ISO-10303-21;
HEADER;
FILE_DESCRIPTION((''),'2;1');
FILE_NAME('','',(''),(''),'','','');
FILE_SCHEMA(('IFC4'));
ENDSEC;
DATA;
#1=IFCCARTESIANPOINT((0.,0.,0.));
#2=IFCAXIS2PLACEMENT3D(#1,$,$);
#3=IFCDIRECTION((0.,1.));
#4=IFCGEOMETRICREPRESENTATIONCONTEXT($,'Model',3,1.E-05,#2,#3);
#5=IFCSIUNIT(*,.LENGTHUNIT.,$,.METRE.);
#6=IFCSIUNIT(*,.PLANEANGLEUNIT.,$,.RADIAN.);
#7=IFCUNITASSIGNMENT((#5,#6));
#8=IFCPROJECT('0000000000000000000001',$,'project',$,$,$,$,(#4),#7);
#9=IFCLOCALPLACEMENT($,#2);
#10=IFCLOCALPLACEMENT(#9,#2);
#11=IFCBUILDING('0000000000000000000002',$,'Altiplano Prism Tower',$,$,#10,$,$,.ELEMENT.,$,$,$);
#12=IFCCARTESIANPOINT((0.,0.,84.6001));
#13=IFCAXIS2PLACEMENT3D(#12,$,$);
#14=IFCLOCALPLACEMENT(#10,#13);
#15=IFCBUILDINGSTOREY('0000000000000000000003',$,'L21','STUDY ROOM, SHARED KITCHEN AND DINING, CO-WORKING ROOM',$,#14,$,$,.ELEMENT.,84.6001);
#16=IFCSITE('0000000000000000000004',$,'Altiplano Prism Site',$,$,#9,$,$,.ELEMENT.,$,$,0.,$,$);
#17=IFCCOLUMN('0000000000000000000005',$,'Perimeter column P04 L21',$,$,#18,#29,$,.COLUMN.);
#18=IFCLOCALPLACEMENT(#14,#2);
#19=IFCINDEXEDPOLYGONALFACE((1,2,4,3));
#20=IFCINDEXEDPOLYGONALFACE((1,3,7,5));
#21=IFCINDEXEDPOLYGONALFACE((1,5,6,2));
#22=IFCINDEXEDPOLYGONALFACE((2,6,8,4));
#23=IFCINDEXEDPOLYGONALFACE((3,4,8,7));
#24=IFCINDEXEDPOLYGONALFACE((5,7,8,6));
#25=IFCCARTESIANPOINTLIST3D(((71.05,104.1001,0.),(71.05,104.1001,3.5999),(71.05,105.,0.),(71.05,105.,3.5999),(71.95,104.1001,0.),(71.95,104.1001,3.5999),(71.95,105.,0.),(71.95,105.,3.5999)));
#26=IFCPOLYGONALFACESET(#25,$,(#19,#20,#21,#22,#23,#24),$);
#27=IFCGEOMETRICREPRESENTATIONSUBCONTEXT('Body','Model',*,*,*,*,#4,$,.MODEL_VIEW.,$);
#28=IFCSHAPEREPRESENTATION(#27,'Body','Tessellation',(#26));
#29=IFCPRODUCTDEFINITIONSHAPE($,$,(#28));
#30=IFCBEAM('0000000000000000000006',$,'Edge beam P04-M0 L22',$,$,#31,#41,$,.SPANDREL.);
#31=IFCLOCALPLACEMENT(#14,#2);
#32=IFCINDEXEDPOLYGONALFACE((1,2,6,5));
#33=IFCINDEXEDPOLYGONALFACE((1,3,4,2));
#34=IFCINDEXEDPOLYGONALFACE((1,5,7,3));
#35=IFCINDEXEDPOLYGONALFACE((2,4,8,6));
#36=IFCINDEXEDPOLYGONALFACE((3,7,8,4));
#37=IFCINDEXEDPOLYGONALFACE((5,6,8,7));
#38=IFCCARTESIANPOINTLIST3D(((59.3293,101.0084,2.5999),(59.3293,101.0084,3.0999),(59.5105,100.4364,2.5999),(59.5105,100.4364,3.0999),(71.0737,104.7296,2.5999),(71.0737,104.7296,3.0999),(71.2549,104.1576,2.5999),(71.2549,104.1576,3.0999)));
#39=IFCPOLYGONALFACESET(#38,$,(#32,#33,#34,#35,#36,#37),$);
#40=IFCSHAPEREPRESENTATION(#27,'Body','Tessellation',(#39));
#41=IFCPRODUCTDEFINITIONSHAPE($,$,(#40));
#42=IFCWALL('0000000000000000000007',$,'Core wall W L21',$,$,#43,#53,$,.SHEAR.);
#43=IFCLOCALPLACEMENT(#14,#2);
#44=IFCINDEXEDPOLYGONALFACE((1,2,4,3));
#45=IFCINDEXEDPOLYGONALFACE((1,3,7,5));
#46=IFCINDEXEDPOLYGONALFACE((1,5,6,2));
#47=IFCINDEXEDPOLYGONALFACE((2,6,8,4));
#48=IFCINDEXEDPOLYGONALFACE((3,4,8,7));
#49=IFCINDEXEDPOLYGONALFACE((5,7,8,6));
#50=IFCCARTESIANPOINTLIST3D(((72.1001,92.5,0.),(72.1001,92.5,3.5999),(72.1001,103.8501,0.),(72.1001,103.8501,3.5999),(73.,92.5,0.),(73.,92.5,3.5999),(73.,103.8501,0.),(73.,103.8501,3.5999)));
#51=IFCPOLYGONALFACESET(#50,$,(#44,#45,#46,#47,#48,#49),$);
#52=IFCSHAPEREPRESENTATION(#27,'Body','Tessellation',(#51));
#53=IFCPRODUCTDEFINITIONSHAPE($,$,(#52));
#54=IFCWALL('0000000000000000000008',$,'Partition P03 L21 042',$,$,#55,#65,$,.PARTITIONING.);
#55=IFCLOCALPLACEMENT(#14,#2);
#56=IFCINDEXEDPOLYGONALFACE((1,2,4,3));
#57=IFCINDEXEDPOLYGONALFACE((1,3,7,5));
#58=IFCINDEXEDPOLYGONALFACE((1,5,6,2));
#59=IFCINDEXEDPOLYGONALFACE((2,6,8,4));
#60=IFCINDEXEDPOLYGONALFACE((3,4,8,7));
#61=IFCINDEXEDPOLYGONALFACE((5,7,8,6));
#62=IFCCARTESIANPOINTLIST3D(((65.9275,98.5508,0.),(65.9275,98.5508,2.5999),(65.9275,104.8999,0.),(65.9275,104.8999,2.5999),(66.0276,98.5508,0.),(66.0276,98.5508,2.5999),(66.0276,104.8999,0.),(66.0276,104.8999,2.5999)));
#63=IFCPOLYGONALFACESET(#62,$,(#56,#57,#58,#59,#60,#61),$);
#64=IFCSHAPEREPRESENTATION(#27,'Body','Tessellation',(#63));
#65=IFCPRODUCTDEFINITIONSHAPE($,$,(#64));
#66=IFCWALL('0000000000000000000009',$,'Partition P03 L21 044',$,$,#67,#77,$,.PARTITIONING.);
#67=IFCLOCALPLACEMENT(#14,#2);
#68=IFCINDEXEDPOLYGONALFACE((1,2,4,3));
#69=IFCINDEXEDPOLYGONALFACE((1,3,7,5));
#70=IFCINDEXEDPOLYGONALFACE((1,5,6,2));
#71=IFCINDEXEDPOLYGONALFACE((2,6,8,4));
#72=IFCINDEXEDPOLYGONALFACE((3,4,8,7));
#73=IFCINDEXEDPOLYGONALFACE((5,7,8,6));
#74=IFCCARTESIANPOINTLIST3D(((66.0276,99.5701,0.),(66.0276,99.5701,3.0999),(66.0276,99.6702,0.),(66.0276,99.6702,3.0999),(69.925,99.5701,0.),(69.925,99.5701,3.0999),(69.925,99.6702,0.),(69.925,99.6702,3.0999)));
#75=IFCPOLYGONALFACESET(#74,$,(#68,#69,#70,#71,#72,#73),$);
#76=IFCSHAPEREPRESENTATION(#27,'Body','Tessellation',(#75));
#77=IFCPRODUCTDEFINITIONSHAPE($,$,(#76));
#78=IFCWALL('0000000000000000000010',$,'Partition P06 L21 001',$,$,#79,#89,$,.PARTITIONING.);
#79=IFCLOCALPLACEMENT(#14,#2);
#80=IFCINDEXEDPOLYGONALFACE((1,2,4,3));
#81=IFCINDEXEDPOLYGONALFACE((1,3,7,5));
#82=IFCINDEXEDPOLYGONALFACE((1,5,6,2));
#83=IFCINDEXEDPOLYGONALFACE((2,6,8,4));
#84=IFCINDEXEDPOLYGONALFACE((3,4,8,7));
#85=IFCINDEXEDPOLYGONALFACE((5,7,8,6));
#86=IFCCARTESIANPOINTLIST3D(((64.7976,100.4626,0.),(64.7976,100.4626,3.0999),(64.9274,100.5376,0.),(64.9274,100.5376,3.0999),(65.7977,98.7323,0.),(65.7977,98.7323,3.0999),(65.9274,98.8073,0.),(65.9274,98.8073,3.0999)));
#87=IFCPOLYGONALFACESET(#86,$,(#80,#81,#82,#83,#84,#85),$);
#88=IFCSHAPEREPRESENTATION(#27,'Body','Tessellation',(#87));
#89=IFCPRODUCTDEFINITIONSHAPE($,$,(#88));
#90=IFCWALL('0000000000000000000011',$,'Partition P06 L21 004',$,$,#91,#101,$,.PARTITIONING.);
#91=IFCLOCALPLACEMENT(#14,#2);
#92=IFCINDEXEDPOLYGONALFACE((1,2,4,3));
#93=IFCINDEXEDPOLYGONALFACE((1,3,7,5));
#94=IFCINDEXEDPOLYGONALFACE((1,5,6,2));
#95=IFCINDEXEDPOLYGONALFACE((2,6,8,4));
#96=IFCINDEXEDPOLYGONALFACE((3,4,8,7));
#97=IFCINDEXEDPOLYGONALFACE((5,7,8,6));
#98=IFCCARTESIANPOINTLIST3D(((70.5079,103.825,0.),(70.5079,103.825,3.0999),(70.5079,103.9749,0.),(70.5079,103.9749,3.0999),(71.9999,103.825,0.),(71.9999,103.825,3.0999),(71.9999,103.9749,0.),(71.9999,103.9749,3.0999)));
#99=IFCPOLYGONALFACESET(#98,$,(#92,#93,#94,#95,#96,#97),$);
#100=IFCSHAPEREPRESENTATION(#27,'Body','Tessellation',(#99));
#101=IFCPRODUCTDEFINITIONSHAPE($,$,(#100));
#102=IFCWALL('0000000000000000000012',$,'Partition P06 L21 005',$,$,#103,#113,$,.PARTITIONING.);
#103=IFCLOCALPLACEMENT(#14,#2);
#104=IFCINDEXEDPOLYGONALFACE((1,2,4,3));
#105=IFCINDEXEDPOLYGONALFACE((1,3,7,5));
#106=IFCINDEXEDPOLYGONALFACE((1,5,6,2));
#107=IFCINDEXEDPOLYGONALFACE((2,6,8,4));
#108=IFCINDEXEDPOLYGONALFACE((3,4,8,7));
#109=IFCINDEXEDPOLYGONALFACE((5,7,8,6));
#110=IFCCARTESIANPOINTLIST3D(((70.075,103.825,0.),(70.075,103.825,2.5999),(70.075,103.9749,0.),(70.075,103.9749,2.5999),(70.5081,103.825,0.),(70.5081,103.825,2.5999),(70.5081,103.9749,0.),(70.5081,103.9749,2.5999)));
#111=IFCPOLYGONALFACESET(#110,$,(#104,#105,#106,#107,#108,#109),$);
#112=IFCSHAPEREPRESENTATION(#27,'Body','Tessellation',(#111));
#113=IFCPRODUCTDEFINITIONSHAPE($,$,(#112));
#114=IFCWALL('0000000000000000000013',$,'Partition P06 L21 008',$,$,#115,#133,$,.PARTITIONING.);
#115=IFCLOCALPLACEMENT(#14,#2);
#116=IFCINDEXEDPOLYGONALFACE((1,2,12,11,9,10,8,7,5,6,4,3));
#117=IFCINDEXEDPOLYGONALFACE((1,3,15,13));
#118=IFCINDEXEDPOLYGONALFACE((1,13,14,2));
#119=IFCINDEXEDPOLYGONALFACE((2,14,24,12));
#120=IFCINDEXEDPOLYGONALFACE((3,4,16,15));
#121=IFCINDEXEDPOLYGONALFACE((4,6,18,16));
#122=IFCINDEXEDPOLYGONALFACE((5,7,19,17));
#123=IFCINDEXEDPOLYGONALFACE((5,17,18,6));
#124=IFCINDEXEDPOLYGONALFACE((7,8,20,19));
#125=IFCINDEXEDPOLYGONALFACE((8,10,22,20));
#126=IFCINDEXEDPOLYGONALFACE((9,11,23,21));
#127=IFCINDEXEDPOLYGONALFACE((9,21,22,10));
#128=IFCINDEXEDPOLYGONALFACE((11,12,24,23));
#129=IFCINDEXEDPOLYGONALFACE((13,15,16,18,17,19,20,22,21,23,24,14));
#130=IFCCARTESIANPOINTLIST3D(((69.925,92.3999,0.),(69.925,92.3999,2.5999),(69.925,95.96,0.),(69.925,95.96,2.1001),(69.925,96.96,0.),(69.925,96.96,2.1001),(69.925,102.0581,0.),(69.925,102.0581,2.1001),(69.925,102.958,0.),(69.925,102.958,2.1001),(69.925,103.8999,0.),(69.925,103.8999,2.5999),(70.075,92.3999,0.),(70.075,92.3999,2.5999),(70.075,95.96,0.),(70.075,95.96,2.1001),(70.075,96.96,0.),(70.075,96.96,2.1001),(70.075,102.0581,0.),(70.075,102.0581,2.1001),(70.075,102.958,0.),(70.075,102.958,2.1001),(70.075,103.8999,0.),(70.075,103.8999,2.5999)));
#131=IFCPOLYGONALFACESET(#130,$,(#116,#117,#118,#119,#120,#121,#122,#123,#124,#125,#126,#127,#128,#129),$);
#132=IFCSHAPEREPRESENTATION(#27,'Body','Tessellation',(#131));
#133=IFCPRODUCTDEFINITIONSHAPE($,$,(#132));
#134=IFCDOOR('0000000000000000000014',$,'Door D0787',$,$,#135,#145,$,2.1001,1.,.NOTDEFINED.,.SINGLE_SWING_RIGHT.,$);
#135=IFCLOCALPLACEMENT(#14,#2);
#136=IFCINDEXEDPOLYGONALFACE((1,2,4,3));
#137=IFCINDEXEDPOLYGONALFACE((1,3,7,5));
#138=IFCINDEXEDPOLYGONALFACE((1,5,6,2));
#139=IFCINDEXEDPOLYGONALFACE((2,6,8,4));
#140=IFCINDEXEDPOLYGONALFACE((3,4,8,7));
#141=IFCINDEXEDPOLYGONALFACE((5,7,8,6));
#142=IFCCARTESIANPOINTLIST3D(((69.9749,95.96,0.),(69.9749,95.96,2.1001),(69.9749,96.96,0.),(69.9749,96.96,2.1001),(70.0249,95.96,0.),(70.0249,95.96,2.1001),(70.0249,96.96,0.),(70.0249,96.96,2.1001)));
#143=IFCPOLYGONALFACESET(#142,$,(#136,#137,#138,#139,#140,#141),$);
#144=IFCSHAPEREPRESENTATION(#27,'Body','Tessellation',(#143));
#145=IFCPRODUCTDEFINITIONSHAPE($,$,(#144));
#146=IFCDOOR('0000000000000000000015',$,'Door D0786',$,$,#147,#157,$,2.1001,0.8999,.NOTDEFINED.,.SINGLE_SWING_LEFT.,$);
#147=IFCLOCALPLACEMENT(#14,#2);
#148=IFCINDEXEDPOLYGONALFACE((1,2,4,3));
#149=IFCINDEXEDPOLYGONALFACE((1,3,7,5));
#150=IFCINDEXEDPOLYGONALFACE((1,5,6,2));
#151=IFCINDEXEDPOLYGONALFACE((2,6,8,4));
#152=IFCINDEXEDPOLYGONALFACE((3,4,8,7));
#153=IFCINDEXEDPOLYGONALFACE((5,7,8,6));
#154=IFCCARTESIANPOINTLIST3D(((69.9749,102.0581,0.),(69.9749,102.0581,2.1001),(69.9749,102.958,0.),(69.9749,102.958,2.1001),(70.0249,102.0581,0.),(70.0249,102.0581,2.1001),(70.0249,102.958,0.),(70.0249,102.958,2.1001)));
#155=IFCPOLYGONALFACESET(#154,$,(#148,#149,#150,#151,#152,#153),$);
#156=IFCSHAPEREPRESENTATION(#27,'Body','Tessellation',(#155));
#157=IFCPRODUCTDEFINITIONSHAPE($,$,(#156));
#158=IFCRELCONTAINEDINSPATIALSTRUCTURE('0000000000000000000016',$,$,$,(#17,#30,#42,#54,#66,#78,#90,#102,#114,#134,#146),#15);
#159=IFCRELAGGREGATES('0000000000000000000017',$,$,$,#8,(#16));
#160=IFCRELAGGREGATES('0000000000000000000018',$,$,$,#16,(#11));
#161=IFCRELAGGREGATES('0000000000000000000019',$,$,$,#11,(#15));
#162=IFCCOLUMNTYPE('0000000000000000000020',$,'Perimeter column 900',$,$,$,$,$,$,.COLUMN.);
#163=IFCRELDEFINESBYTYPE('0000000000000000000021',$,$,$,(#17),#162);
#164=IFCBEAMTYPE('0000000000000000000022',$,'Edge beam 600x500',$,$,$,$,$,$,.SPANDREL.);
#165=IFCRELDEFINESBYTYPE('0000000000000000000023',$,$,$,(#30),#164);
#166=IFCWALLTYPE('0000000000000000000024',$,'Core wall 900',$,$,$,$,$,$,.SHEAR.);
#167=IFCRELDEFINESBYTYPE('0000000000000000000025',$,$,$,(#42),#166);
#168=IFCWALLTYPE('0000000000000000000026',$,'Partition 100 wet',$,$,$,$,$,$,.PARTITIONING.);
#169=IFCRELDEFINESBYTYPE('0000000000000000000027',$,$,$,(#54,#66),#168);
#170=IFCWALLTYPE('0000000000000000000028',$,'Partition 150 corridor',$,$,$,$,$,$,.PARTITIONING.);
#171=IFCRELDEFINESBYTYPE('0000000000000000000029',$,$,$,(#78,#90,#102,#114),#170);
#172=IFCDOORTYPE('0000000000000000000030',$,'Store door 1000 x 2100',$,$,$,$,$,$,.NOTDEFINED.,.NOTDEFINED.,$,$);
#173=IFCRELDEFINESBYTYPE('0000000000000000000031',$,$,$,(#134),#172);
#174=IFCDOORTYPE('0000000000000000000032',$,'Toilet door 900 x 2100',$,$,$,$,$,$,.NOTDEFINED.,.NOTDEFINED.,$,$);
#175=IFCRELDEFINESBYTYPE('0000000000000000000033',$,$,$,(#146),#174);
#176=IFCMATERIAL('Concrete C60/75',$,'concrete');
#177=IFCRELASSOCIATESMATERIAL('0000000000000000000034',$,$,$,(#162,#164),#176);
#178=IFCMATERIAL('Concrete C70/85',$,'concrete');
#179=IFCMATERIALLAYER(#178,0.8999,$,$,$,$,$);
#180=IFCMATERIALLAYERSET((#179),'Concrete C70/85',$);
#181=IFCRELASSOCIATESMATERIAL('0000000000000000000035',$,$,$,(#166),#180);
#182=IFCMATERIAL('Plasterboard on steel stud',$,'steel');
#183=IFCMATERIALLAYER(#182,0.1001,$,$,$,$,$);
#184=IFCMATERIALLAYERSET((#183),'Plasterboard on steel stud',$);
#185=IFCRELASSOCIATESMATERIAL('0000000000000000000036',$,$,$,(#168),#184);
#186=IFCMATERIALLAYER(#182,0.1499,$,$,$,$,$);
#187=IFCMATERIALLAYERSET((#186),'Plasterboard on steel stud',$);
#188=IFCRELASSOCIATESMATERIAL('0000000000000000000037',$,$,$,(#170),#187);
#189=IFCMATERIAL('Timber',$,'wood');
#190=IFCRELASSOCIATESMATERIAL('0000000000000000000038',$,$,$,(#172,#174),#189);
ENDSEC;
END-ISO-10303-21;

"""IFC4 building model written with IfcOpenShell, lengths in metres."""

from ifc_helpers import new_model, si_unit, direction, frame, frame_2d, origin, origin_2d, place, context, subcontext, project, spatial, rectangle, extrude, material, layer, layer_set, material_profile, profile_set, type_object, element, fill, save


model = new_model("IFC4")

# Units and contexts
model_context = context("Model", 3, precision=1e-05, world=origin(), true_north=direction((0.0, 1.0)))
body_context = subcontext(model_context, "Body", "Model", "MODEL_VIEW")
ifc_project = project(units=[si_unit("LENGTHUNIT", "METRE"), si_unit("PLANEANGLEUNIT", "RADIAN")], contexts=[model_context])

# Site, building, storey
site_placement = place(None, origin())
site = spatial("IfcSite", under=ifc_project, at=site_placement, Name="Altiplano Prism Site", CompositionType="ELEMENT", RefElevation=0.0)
building_placement = place(site_placement, origin())
building = spatial("IfcBuilding", under=site, at=building_placement, Name="Altiplano Prism Tower", CompositionType="ELEMENT")
storey_placement = place(building_placement, frame((0.0, 0.0, 84.6001)))
storey = spatial("IfcBuildingStorey", under=building, at=storey_placement, Name="L21", Description="STUDY ROOM, SHARED KITCHEN AND DINING, CO-WORKING ROOM", CompositionType="ELEMENT", Elevation=84.6001)

# Column
ifc_material_1 = material(Name="Concrete C60/75", Category="concrete")
ifc_material_profile_1 = material_profile(ifc_material_1, rectangle(XDim=0.8999, YDim=0.8999, at=origin_2d()), Name="Perimeter column 900")
ifc_profile_set_1 = profile_set([ifc_material_profile_1], Name="Concrete C60/75")
column_type = type_object("IfcColumnType", Name="Perimeter column 900", PredefinedType="COLUMN", material=ifc_profile_set_1)
column_placement = place(storey_placement, frame((71.5, 104.55, 0.0), z_axis=(0.0, 0.0, 1.0), x_axis=(1.0, 0.0, 0.0)))
element("IfcColumn", 1, at=column_placement, inside=storey, type_object=column_type, Name="Perimeter column P04 L21", PredefinedType="COLUMN", context=body_context, shape_type="SweptSolid", body=[
    extrude(rectangle(XDim=0.8999, YDim=0.8999, at=origin_2d()), origin(), (0.0, 0.0, 1.0), 3.5999),
])

# Beam
ifc_material_profile_2 = material_profile(ifc_material_1, rectangle(XDim=0.6001, YDim=0.5, at=origin_2d()), Name="Edge beam 600x500")
ifc_profile_set_2 = profile_set([ifc_material_profile_2], Name="Concrete C60/75")
beam_type = type_object("IfcBeamType", Name="Edge beam 600x500", PredefinedType="SPANDREL", material=ifc_profile_set_2)
beam_placement = place(storey_placement, frame((71.1643, 104.4436, 2.8499), z_axis=(-0.953292, -0.302049, 0.0), x_axis=(0.302049, -0.953292, 0.0)))
element("IfcBeam", 2, at=beam_placement, inside=storey, type_object=beam_type, Name="Edge beam P04-M0 L22", PredefinedType="SPANDREL", context=body_context, shape_type="SweptSolid", body=[
    extrude(rectangle(XDim=0.6001, YDim=0.5, at=origin_2d()), origin(), (0.0, 0.0, 1.0), 12.3198),
])

# Walls
ifc_material_2 = material(Name="Concrete C70/85", Category="concrete")
ifc_layer_1 = layer(ifc_material_2, 0.8999)
ifc_layer_set_1 = layer_set([ifc_layer_1], Name="Concrete C70/85")
wall_type_1 = type_object("IfcWallType", Name="Core wall 900", PredefinedType="SHEAR", material=ifc_layer_set_1)
wall_1_placement = place(storey_placement, frame((72.55, 103.8501, 0.0), z_axis=(0.0, 0.0, 1.0), x_axis=(0.0, -1.0, 0.0)))
element("IfcWall", 3, at=wall_1_placement, inside=storey, type_object=wall_type_1, Name="Core wall W L21", PredefinedType="SHEAR", context=body_context, shape_type="SweptSolid", body=[
    extrude(rectangle(XDim=11.3501, YDim=0.8999, at=frame_2d((5.675, 0.0))), origin(), (0.0, 0.0, 1.0), 3.5999),
])
ifc_material_3 = material(Name="Plasterboard on steel stud", Category="steel")
ifc_layer_2 = layer(ifc_material_3, 0.1001)
ifc_layer_set_2 = layer_set([ifc_layer_2], Name="Plasterboard on steel stud")
wall_type_2 = type_object("IfcWallType", Name="Partition 100 wet", PredefinedType="PARTITIONING", material=ifc_layer_set_2)
wall_2_placement = place(storey_placement, frame((65.9775, 98.5508, 0.0), z_axis=(0.0, 0.0, 1.0), x_axis=(0.0, 1.0, 0.0)))
element("IfcWall", 4, at=wall_2_placement, inside=storey, type_object=wall_type_2, Name="Partition P03 L21 042", PredefinedType="PARTITIONING", context=body_context, shape_type="SweptSolid", body=[
    extrude(rectangle(XDim=6.3491, YDim=0.1001, at=frame_2d((3.1746, 0.0))), origin(), (0.0, 0.0, 1.0), 2.5999),
])
wall_3_placement = place(storey_placement, frame((66.0276, 99.6201, 0.0), z_axis=(0.0, 0.0, 1.0), x_axis=(1.0, 0.0, 0.0)))
element("IfcWall", 5, at=wall_3_placement, inside=storey, type_object=wall_type_2, Name="Partition P03 L21 044", PredefinedType="PARTITIONING", context=body_context, shape_type="SweptSolid", body=[
    extrude(rectangle(XDim=3.8975, YDim=0.1001, at=frame_2d((1.9487, 0.0))), origin(), (0.0, 0.0, 1.0), 3.0999),
])
ifc_layer_3 = layer(ifc_material_3, 0.1499)
ifc_layer_set_3 = layer_set([ifc_layer_3], Name="Plasterboard on steel stud")
wall_type_3 = type_object("IfcWallType", Name="Partition 150 corridor", PredefinedType="PARTITIONING", material=ifc_layer_set_3)
wall_4_placement = place(storey_placement, frame((65.8625, 98.7698, 0.0), z_axis=(0.0, 0.0, 1.0), x_axis=(-0.500396, 0.865797, 0.0)))
element("IfcWall", 6, at=wall_4_placement, inside=storey, type_object=wall_type_3, Name="Partition P06 L21 001", PredefinedType="PARTITIONING", context=body_context, shape_type="SweptSolid", body=[
    extrude(rectangle(XDim=1.9985, YDim=0.1499, at=frame_2d((0.9993, 0.0))), origin(), (0.0, 0.0, 1.0), 3.0999),
])
wall_5_placement = place(storey_placement, frame((72.0, 103.8999, 0.0), z_axis=(0.0, 0.0, 1.0), x_axis=(-1.0, 0.0, 0.0)))
element("IfcWall", 7, at=wall_5_placement, inside=storey, type_object=wall_type_3, Name="Partition P06 L21 004", PredefinedType="PARTITIONING", context=body_context, shape_type="SweptSolid", body=[
    extrude(rectangle(XDim=1.4919, YDim=0.1499, at=frame_2d((0.7461, 0.0))), origin(), (0.0, 0.0, 1.0), 3.0999),
])
wall_6_placement = place(storey_placement, frame((70.5081, 103.8999, 0.0), z_axis=(0.0, 0.0, 1.0), x_axis=(-1.0, 0.0, 0.0)))
element("IfcWall", 8, at=wall_6_placement, inside=storey, type_object=wall_type_3, Name="Partition P06 L21 005", PredefinedType="PARTITIONING", context=body_context, shape_type="SweptSolid", body=[
    extrude(rectangle(XDim=0.4331, YDim=0.1499, at=frame_2d((0.2166, 0.0))), origin(), (0.0, 0.0, 1.0), 2.5999),
])

# Wall, openings, doors
wall_7_placement = place(storey_placement, frame((70.0, 103.8999, 0.0), z_axis=(0.0, 0.0, 1.0), x_axis=(0.0, -1.0, 0.0)))
wall_7 = element("IfcWall", 9, at=wall_7_placement, inside=storey, type_object=wall_type_3, Name="Partition P06 L21 008", PredefinedType="PARTITIONING", context=body_context, shape_type="SweptSolid", body=[
    extrude(rectangle(XDim=11.5, YDim=0.1499, at=frame_2d((5.75, 0.0))), origin(), (0.0, 0.0, 1.0), 2.5999),
])
opening_1_placement = place(wall_7_placement, frame((0.9419, 0.0, 0.0)))
opening_1 = element("IfcOpeningElement", 10, at=opening_1_placement, cuts=wall_7, PredefinedType="OPENING", context=body_context, shape_type="SweptSolid", body=[
    extrude(rectangle(XDim=0.8999, YDim=2.1001, at=frame_2d((0.45, 1.05))), frame((0.0, 0.0854, 0.0), z_axis=(0.0, -1.0, 0.0), x_axis=(1.0, 0.0, 0.0)), (0.0, 0.0, 1.0), 0.1709),
])
opening_2_placement = place(wall_7_placement, frame((6.9399, 0.0, 0.0)))
opening_2 = element("IfcOpeningElement", 11, at=opening_2_placement, cuts=wall_7, PredefinedType="OPENING", context=body_context, shape_type="SweptSolid", body=[
    extrude(rectangle(XDim=1.0, YDim=2.1001, at=frame_2d((0.5, 1.05))), frame((0.0, 0.0854, 0.0), z_axis=(0.0, -1.0, 0.0), x_axis=(1.0, 0.0, 0.0)), (0.0, 0.0, 1.0), 0.1709),
])
ifc_material_4 = material(Name="Timber", Category="wood")
door_type_1 = type_object("IfcDoorType", Name="Store door 1000 x 2100", OperationType="NOTDEFINED", PredefinedType="NOTDEFINED", material=ifc_material_4)
door_1_placement = place(opening_2_placement, origin())
door_1 = element("IfcDoor", 12, at=door_1_placement, inside=storey, type_object=door_type_1, Name="Door D0787", OperationType="SINGLE_SWING_RIGHT", OverallHeight=2.1001, OverallWidth=1.0, PredefinedType="NOTDEFINED", context=body_context, shape_type="SweptSolid", body=[
    extrude(rectangle(XDim=1.0, YDim=2.1001, at=frame_2d((0.5, 1.05))), frame((0.0, 0.0249, 0.0), z_axis=(0.0, -1.0, 0.0), x_axis=(1.0, 0.0, 0.0)), (0.0, 0.0, 1.0), 0.05),
])
fill(opening_2, door_1)
door_type_2 = type_object("IfcDoorType", Name="Toilet door 900 x 2100", OperationType="NOTDEFINED", PredefinedType="NOTDEFINED", material=ifc_material_4)
door_2_placement = place(opening_1_placement, origin())
door_2 = element("IfcDoor", 13, at=door_2_placement, inside=storey, type_object=door_type_2, Name="Door D0786", OperationType="SINGLE_SWING_LEFT", OverallHeight=2.1001, OverallWidth=0.8999, PredefinedType="NOTDEFINED", context=body_context, shape_type="SweptSolid", body=[
    extrude(rectangle(XDim=0.8999, YDim=2.1001, at=frame_2d((0.45, 1.05))), frame((0.0, 0.0249, 0.0), z_axis=(0.0, -1.0, 0.0), x_axis=(1.0, 0.0, 0.0)), (0.0, 0.0, 1.0), 0.05),
])
fill(opening_1, door_2)

save(model, "model.ifc")
